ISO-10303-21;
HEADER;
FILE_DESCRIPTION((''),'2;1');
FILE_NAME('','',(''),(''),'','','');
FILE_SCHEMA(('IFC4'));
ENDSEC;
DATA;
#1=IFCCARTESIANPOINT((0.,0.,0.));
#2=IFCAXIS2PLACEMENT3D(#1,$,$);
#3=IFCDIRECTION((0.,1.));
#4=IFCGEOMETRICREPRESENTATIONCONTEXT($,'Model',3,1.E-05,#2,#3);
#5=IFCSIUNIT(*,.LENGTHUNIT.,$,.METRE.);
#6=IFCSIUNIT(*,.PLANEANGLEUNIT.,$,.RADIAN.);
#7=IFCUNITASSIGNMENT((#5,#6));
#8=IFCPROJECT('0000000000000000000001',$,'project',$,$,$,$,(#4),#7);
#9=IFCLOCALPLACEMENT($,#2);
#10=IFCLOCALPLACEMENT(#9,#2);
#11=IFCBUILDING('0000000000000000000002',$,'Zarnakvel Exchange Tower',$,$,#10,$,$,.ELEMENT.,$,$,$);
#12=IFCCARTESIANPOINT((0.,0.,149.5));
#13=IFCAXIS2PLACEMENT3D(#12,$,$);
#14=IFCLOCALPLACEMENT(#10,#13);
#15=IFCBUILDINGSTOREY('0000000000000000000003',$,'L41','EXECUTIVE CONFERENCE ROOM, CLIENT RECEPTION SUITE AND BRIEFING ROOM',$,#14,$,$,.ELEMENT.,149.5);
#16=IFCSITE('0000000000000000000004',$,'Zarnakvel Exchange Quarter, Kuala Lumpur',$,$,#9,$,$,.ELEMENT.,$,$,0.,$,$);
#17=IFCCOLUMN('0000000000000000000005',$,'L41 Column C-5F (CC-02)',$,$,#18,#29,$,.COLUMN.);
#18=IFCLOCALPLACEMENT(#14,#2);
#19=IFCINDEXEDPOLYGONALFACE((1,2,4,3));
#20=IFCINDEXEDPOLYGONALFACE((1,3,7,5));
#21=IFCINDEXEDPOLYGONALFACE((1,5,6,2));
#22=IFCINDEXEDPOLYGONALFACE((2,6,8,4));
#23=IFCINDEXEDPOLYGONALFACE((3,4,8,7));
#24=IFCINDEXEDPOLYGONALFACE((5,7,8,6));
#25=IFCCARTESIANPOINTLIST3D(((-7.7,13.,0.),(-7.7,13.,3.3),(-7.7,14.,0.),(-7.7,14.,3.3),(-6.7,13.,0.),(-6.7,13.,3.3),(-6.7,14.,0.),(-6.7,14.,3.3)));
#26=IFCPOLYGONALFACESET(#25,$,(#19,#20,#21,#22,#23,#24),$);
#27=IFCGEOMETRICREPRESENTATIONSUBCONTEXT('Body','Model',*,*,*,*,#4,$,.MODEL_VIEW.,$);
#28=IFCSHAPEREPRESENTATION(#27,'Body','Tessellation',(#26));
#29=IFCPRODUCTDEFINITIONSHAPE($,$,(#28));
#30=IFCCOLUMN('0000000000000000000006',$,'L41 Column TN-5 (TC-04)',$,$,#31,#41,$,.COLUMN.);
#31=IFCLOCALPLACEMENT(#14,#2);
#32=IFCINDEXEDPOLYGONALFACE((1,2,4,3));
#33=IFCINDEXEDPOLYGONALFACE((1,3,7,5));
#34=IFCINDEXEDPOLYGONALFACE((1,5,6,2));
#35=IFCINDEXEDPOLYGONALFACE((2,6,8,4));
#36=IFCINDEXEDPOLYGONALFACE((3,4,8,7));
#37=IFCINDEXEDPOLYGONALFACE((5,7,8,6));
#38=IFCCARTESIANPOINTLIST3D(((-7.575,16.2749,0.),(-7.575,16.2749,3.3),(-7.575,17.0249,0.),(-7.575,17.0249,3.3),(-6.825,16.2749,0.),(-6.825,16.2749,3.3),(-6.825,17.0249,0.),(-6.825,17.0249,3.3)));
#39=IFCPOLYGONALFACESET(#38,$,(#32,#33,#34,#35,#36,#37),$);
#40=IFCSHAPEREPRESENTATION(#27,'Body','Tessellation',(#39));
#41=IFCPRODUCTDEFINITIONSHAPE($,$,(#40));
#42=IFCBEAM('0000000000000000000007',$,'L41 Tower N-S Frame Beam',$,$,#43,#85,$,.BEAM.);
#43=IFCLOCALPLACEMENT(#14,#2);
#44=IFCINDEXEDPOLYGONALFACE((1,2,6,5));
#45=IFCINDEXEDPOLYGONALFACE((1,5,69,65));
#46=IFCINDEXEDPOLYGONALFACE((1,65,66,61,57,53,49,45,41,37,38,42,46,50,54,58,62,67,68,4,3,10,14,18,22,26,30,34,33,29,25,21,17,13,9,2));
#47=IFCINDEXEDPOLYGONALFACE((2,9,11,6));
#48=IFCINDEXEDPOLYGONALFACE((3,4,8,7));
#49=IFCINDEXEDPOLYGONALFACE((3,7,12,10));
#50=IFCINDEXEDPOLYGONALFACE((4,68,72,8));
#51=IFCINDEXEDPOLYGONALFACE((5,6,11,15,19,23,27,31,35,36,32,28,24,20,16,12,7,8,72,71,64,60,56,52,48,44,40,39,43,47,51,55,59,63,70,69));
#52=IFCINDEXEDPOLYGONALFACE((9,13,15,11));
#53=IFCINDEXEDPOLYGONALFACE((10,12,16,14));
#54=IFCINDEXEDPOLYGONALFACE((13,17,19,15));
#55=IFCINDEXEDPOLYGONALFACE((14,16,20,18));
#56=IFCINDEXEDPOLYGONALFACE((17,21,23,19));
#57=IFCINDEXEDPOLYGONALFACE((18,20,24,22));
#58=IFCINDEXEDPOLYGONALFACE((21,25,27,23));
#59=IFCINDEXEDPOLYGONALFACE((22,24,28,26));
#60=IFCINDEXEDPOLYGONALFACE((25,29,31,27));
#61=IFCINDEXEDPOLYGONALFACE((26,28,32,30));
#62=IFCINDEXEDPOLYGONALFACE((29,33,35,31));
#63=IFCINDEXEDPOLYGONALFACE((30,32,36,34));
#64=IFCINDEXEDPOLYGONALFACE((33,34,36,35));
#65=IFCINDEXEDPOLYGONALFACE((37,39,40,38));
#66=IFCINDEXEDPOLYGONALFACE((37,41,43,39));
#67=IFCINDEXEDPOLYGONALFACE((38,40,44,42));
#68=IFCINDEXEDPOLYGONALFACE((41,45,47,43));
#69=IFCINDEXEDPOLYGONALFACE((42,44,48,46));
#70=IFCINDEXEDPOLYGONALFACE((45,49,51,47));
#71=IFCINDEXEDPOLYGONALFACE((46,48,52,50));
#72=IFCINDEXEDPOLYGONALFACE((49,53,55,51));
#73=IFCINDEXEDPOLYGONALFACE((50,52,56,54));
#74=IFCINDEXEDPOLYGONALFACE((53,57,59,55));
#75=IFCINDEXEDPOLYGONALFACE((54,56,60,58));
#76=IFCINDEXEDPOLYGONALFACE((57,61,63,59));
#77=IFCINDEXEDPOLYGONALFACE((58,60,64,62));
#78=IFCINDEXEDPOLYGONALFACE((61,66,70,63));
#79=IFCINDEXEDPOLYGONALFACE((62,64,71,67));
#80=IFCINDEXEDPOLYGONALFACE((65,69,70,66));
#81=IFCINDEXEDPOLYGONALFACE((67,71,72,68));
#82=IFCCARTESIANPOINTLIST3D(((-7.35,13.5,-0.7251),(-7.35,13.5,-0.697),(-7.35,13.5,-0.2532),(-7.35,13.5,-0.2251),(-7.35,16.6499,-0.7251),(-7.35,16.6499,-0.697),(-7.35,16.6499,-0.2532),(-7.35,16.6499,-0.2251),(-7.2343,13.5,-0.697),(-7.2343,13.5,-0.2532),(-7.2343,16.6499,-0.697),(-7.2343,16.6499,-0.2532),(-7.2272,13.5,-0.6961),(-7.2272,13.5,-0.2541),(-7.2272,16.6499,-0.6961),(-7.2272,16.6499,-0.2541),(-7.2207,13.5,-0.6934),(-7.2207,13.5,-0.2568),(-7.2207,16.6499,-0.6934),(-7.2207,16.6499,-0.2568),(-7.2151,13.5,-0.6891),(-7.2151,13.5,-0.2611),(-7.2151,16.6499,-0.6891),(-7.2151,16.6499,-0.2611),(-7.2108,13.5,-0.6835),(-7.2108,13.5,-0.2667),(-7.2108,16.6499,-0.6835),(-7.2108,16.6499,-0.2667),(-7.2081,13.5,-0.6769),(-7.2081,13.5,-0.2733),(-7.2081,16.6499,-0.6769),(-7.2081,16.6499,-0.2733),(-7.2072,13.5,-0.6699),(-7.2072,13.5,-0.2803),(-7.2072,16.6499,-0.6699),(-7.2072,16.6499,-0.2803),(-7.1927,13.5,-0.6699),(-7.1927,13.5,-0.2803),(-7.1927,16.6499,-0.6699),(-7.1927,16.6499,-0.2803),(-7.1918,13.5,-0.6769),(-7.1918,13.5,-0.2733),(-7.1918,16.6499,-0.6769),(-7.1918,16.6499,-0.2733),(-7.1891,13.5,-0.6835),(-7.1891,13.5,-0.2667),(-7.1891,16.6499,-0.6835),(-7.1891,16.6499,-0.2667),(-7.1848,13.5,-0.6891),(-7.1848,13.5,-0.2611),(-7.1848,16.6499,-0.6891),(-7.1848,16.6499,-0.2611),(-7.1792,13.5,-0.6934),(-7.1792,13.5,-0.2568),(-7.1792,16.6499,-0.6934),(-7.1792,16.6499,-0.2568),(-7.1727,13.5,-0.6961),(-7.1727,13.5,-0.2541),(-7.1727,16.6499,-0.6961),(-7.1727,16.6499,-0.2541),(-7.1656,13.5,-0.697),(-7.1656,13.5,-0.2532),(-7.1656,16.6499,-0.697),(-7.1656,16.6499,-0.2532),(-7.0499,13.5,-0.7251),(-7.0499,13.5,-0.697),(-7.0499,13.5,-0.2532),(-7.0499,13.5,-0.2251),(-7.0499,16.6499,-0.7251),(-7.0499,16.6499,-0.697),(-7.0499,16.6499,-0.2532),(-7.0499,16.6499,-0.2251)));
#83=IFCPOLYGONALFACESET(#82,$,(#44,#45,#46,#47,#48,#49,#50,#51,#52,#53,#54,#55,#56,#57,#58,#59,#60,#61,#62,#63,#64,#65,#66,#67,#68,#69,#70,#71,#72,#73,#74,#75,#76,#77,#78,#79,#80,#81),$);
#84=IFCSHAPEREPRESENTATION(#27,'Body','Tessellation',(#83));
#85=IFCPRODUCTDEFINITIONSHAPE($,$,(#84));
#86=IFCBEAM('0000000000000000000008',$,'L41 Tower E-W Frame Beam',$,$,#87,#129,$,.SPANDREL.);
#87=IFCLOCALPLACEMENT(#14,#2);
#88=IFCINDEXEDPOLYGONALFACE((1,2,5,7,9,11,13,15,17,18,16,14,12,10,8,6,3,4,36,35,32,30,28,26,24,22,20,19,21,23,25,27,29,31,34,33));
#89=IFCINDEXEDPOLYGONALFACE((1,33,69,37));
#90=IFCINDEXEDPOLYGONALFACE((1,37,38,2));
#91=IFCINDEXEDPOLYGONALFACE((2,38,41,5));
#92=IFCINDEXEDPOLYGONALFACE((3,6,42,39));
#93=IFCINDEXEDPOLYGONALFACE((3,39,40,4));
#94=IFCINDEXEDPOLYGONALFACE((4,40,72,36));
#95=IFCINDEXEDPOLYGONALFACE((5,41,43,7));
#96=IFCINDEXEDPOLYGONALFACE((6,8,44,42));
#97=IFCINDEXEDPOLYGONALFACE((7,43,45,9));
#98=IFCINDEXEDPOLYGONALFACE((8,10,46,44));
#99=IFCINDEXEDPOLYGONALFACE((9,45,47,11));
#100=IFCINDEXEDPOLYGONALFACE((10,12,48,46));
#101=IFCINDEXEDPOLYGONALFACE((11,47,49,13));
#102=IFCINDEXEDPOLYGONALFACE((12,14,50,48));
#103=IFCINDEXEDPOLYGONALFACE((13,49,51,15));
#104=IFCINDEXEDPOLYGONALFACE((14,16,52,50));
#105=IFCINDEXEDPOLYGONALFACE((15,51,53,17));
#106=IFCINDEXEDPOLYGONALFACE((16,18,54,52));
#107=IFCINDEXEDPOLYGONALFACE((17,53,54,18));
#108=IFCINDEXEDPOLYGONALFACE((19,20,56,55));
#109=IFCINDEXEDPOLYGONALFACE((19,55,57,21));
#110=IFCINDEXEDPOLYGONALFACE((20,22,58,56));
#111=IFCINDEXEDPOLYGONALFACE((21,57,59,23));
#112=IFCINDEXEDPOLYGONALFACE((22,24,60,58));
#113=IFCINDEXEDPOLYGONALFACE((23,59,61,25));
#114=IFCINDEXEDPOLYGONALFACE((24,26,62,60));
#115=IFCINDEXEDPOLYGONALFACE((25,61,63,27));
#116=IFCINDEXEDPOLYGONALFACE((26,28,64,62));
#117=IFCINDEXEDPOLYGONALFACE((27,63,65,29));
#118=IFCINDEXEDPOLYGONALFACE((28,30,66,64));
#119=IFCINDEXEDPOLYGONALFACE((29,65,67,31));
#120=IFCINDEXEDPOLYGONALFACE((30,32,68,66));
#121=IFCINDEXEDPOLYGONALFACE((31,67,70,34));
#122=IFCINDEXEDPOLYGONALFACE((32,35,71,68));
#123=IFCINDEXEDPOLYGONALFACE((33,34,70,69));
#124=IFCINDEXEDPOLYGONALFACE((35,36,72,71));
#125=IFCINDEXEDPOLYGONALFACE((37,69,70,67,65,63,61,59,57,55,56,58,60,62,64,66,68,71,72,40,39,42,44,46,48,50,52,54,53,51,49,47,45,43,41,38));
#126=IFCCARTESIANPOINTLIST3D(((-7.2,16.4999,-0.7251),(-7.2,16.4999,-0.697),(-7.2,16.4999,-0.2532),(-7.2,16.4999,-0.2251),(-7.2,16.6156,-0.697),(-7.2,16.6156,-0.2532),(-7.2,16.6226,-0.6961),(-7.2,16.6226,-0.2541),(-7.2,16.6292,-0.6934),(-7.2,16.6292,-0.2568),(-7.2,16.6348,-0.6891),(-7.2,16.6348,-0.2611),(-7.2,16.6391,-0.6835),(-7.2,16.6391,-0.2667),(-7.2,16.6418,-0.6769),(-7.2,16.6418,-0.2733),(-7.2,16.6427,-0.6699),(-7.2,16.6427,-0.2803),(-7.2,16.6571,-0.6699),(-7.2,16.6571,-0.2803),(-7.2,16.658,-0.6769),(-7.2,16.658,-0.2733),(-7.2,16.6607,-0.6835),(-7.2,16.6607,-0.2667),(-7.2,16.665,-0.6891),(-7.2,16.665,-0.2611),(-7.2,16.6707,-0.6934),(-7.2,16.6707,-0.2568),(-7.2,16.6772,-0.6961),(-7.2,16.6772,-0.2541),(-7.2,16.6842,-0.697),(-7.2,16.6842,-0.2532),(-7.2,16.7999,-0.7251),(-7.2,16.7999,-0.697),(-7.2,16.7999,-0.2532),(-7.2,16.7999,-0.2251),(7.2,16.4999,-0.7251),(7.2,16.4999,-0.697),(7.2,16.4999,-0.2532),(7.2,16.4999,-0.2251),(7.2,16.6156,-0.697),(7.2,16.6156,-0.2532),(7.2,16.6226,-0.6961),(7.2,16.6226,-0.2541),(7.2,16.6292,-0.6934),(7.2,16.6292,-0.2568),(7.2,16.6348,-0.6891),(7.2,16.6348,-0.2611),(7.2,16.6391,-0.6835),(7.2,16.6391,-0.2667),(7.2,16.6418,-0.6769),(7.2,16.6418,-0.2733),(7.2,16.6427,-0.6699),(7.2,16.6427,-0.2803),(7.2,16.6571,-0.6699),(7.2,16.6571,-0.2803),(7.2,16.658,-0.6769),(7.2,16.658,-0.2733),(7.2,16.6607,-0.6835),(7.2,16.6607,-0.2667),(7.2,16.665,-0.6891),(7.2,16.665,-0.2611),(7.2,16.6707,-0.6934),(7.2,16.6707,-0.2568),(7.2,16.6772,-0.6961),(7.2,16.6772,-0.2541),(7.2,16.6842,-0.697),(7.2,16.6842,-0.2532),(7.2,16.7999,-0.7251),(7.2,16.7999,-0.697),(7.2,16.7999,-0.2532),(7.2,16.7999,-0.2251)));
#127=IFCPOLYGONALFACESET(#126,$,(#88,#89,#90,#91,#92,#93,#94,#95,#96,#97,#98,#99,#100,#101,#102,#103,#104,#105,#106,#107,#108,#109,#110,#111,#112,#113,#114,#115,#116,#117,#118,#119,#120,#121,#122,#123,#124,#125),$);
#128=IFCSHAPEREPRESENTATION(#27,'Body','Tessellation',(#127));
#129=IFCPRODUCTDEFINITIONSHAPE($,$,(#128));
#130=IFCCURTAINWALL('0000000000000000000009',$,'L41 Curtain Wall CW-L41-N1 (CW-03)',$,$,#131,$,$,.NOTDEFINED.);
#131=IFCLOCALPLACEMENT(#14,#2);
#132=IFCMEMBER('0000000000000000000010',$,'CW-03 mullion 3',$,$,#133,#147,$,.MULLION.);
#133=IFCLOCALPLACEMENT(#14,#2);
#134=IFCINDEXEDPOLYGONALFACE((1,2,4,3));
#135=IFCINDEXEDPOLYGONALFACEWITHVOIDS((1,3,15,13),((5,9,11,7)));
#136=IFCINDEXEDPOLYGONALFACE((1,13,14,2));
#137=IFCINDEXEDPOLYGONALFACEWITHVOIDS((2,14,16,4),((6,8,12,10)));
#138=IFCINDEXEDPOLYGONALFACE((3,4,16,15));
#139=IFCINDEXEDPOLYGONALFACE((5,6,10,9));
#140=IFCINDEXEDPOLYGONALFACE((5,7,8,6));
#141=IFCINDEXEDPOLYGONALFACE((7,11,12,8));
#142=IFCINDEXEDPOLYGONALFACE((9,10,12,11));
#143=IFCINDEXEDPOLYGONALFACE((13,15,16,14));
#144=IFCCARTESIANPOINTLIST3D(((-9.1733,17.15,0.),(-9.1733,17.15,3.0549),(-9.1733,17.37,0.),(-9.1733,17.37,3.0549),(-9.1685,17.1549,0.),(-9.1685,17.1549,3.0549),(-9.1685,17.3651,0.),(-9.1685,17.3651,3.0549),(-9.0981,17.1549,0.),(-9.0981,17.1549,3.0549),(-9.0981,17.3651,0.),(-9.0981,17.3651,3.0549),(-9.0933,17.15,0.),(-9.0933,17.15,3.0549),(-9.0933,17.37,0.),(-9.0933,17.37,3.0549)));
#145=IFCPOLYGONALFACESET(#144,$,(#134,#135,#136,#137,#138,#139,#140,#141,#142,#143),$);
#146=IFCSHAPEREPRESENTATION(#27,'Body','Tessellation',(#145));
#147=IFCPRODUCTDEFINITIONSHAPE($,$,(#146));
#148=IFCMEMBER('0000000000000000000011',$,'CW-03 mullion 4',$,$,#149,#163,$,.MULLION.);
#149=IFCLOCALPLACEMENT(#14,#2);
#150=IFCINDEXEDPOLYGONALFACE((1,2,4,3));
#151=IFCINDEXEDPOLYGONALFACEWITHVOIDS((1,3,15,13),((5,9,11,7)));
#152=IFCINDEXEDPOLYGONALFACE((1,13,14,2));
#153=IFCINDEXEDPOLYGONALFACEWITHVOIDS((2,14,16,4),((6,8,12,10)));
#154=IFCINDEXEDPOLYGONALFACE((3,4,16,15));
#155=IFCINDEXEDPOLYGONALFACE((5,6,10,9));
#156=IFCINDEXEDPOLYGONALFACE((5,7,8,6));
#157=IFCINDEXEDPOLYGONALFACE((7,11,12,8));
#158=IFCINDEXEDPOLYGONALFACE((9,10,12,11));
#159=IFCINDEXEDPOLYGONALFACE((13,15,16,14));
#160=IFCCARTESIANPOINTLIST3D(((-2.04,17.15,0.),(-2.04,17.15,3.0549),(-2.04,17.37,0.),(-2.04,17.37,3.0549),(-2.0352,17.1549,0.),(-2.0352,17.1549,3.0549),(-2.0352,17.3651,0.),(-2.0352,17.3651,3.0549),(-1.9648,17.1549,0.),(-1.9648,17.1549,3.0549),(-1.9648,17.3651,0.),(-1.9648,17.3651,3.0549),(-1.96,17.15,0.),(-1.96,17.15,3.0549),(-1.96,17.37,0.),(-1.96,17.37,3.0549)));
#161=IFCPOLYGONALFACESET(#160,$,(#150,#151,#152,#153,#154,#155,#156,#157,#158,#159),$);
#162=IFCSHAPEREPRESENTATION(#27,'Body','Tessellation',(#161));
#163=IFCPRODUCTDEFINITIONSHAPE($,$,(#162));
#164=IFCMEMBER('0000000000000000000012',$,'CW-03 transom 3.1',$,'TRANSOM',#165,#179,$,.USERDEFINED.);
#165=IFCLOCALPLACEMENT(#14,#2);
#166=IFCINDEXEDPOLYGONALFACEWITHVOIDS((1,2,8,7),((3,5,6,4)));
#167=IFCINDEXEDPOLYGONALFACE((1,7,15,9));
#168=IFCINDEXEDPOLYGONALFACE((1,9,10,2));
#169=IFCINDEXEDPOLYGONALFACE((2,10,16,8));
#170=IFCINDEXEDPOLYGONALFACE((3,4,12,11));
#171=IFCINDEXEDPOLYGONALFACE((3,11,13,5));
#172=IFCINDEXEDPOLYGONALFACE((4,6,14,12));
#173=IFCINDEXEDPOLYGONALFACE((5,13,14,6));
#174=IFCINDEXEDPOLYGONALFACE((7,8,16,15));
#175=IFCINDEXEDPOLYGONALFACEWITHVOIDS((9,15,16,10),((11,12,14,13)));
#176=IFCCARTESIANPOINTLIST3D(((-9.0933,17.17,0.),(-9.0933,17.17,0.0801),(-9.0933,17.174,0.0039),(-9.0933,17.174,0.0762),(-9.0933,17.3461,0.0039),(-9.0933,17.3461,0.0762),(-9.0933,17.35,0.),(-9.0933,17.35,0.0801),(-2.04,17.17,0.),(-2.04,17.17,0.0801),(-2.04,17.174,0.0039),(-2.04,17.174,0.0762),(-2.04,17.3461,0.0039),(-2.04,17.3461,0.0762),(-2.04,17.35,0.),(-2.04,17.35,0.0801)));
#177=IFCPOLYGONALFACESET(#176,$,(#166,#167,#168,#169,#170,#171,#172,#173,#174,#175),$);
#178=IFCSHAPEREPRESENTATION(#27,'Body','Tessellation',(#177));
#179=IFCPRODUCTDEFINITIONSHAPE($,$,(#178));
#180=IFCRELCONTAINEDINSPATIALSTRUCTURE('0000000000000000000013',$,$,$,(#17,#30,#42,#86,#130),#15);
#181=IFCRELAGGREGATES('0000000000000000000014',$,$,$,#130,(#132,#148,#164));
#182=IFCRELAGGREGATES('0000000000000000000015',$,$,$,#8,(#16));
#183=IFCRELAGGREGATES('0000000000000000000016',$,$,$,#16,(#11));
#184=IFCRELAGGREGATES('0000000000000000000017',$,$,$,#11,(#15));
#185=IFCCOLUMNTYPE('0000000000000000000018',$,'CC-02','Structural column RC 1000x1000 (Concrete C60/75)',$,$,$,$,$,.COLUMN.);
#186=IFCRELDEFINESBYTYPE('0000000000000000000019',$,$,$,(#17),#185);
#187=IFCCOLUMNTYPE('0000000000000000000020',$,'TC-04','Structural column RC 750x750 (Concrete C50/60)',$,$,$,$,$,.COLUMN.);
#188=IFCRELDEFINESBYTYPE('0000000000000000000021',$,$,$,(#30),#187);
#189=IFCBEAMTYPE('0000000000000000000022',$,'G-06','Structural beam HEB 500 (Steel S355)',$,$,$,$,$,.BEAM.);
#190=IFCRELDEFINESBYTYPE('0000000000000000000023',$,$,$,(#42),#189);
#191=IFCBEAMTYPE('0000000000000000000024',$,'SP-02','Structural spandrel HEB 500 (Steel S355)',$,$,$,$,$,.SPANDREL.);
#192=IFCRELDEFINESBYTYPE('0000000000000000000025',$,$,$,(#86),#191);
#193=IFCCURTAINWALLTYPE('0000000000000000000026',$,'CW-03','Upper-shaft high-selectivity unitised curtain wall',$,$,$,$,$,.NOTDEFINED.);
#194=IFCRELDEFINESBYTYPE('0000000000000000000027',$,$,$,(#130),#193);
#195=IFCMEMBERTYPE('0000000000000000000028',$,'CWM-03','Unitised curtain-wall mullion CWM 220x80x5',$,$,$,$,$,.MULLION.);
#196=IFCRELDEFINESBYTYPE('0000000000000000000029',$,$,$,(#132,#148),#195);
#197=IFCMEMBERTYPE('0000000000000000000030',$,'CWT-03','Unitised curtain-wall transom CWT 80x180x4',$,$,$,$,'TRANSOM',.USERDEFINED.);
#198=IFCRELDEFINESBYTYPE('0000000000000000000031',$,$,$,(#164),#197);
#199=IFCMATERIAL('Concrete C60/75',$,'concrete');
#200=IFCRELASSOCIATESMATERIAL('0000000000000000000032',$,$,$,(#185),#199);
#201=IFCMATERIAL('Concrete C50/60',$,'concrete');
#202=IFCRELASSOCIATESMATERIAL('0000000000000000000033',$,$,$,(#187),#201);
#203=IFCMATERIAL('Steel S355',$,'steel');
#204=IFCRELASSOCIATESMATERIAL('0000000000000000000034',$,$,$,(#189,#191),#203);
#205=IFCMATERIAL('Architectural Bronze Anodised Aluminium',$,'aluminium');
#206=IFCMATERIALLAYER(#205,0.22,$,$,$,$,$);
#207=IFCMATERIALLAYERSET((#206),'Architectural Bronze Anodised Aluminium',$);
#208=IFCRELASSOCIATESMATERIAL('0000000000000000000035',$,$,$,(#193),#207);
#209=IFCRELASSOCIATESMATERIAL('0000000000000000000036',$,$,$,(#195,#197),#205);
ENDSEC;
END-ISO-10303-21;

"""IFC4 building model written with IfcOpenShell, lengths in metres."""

from ifc_helpers import new_model, si_unit, direction, frame, origin, origin_2d, place, context, subcontext, project, spatial, rectangle, hollow_rectangle, i_section, extrude, source, transform, mapped, material, layer, layer_set, material_profile, profile_set, type_object, element, aggregate, save


model = new_model("IFC4")

# Units and contexts
model_context = context("Model", 3, precision=1e-05, world=origin(), true_north=direction((0.0, 1.0)))
body_context = subcontext(model_context, "Body", "Model", "MODEL_VIEW")
ifc_project = project(units=[si_unit("LENGTHUNIT", "METRE"), si_unit("PLANEANGLEUNIT", "RADIAN")], contexts=[model_context])

# Site, building, storey
site_placement = place(None, origin())
site = spatial("IfcSite", under=ifc_project, at=site_placement, Name="Zarnakvel Exchange Quarter, Kuala Lumpur", CompositionType="ELEMENT", RefElevation=0.0)
building_placement = place(site_placement, origin())
building = spatial("IfcBuilding", under=site, at=building_placement, Name="Zarnakvel Exchange Tower", CompositionType="ELEMENT")
storey_placement = place(building_placement, frame((0.0, 0.0, 149.5)))
storey = spatial("IfcBuildingStorey", under=building, at=storey_placement, Name="L41", Description="EXECUTIVE CONFERENCE ROOM, CLIENT RECEPTION SUITE AND BRIEFING ROOM", CompositionType="ELEMENT", Elevation=149.5)

# Columns
ifc_material_1 = material(Name="Concrete C60/75", Category="concrete")
ifc_material_profile_1 = material_profile(ifc_material_1, rectangle(XDim=1.0, YDim=1.0, at=origin_2d()))
ifc_profile_set_1 = profile_set([ifc_material_profile_1], Name="Concrete C60/75")
column_type_1 = type_object("IfcColumnType", Name="CC-02", Description="Structural column RC 1000x1000 (Concrete C60/75)", PredefinedType="COLUMN", material=ifc_profile_set_1)
column_1_placement = place(storey_placement, frame((-7.2, 13.5, 0.0), z_axis=(0.0, 0.0, 1.0), x_axis=(1.0, 0.0, 0.0)))
element("IfcColumn", 1, at=column_1_placement, inside=storey, type_object=column_type_1, Name="L41 Column C-5F (CC-02)", PredefinedType="COLUMN", context=body_context, shape_type="SweptSolid", body=[
    extrude(rectangle(XDim=1.0, YDim=1.0, at=origin_2d()), origin(), (0.0, 0.0, 1.0), 3.3),
])
ifc_material_2 = material(Name="Concrete C50/60", Category="concrete")
ifc_material_profile_2 = material_profile(ifc_material_2, rectangle(XDim=0.75, YDim=0.75, at=origin_2d()))
ifc_profile_set_2 = profile_set([ifc_material_profile_2], Name="Concrete C50/60")
column_type_2 = type_object("IfcColumnType", Name="TC-04", Description="Structural column RC 750x750 (Concrete C50/60)", PredefinedType="COLUMN", material=ifc_profile_set_2)
column_2_placement = place(storey_placement, frame((-7.2, 16.6499, 0.0), z_axis=(0.0, 0.0, 1.0), x_axis=(1.0, 0.0, 0.0)))
element("IfcColumn", 2, at=column_2_placement, inside=storey, type_object=column_type_2, Name="L41 Column TN-5 (TC-04)", PredefinedType="COLUMN", context=body_context, shape_type="SweptSolid", body=[
    extrude(rectangle(XDim=0.75, YDim=0.75, at=origin_2d()), origin(), (0.0, 0.0, 1.0), 3.3),
])

# Beams
ifc_material_3 = material(Name="Steel S355", Category="steel")
ifc_material_profile_3 = material_profile(ifc_material_3, i_section(OverallWidth=0.3, OverallDepth=0.5, WebThickness=0.0144, FlangeThickness=0.0281, FilletRadius=0.0271, at=origin_2d()))
ifc_profile_set_3 = profile_set([ifc_material_profile_3], Name="Steel S355")
beam_type_1 = type_object("IfcBeamType", Name="G-06", Description="Structural beam HEB 500 (Steel S355)", PredefinedType="BEAM", material=ifc_profile_set_3)
beam_1_placement = place(storey_placement, frame((-7.2, 13.5, -0.4751), z_axis=(0.0, 1.0, 0.0), x_axis=(-1.0, 0.0, 0.0)))
element("IfcBeam", 3, at=beam_1_placement, inside=storey, type_object=beam_type_1, Name="L41 Tower N-S Frame Beam", PredefinedType="BEAM", context=body_context, shape_type="SweptSolid", body=[
    extrude(i_section(OverallWidth=0.3, OverallDepth=0.5, WebThickness=0.0144, FlangeThickness=0.0281, FilletRadius=0.0271, at=origin_2d()), origin(), (0.0, 0.0, 1.0), 3.1499),
])
ifc_material_profile_4 = material_profile(ifc_material_3, i_section(OverallWidth=0.3, OverallDepth=0.5, WebThickness=0.0144, FlangeThickness=0.0281, FilletRadius=0.0271, at=origin_2d()))
ifc_profile_set_4 = profile_set([ifc_material_profile_4], Name="Steel S355")
beam_type_2 = type_object("IfcBeamType", Name="SP-02", Description="Structural spandrel HEB 500 (Steel S355)", PredefinedType="SPANDREL", material=ifc_profile_set_4)
beam_2_placement = place(storey_placement, frame((-7.2, 16.6499, -0.4751), z_axis=(1.0, 0.0, 0.0), x_axis=(0.0, 1.0, 0.0)))
element("IfcBeam", 4, at=beam_2_placement, inside=storey, type_object=beam_type_2, Name="L41 Tower E-W Frame Beam", PredefinedType="SPANDREL", context=body_context, shape_type="SweptSolid", body=[
    extrude(i_section(OverallWidth=0.3, OverallDepth=0.5, WebThickness=0.0144, FlangeThickness=0.0281, FilletRadius=0.0271, at=origin_2d()), origin(), (0.0, 0.0, 1.0), 14.3999),
])

# Curtain wall, members
ifc_material_4 = material(Name="Architectural Bronze Anodised Aluminium", Category="aluminium")
ifc_layer_1 = layer(ifc_material_4, 0.22)
ifc_layer_set_1 = layer_set([ifc_layer_1], Name="Architectural Bronze Anodised Aluminium")
curtain_wall_type = type_object("IfcCurtainWallType", Name="CW-03", Description="Upper-shaft high-selectivity unitised curtain wall", PredefinedType="NOTDEFINED", material=ifc_layer_set_1)
curtain_wall_placement = place(storey_placement, origin())
curtain_wall = element("IfcCurtainWall", 5, at=curtain_wall_placement, inside=storey, type_object=curtain_wall_type, Name="L41 Curtain Wall CW-L41-N1 (CW-03)", PredefinedType="NOTDEFINED")
ifc_material_profile_5 = material_profile(ifc_material_4, hollow_rectangle(XDim=0.22, YDim=0.0801, WallThickness=0.0049, at=origin_2d()))
ifc_profile_set_5 = profile_set([ifc_material_profile_5], Name="Architectural Bronze Anodised Aluminium")
member_type_1 = type_object("IfcMemberType", Name="CWM-03", Description="Unitised curtain-wall mullion CWM 220x80x5", PredefinedType="MULLION", material=ifc_profile_set_5)
shared_shape_1 = source(origin(), body_context, "Body", "SweptSolid", [
    extrude(hollow_rectangle(XDim=0.22, YDim=0.0801, WallThickness=0.0049, at=origin_2d()), origin(), (0.0, 0.0, 1.0), 3.0549),
])
member_1_placement = place(storey_placement, frame((-9.1333, 17.26, 0.0), z_axis=(0.0, 0.0, 1.0), x_axis=(0.0, 1.0, 0.0)))
member_1 = element("IfcMember", 6, at=member_1_placement, type_object=member_type_1, Name="CW-03 mullion 3", PredefinedType="MULLION", context=body_context, shape_type="MappedRepresentation", body=[
    mapped(shared_shape_1, transform((0.0, 0.0, 0.0), x_axis=(1.0, 0.0, 0.0), y_axis=(0.0, 1.0, 0.0), z_axis=(0.0, 0.0, 1.0), scale=1.0)),
])
member_2_placement = place(storey_placement, frame((-2.0, 17.26, 0.0), z_axis=(0.0, 0.0, 1.0), x_axis=(0.0, 1.0, 0.0)))
member_2 = element("IfcMember", 7, at=member_2_placement, type_object=member_type_1, Name="CW-03 mullion 4", PredefinedType="MULLION", context=body_context, shape_type="MappedRepresentation", body=[
    mapped(shared_shape_1, transform((0.0, 0.0, 0.0), x_axis=(1.0, 0.0, 0.0), y_axis=(0.0, 1.0, 0.0), z_axis=(0.0, 0.0, 1.0), scale=1.0)),
])
ifc_material_profile_6 = material_profile(ifc_material_4, hollow_rectangle(XDim=0.1799, YDim=0.0801, WallThickness=0.0039, at=origin_2d()))
ifc_profile_set_6 = profile_set([ifc_material_profile_6], Name="Architectural Bronze Anodised Aluminium")
member_type_2 = type_object("IfcMemberType", Name="CWT-03", Description="Unitised curtain-wall transom CWT 80x180x4", ElementType="TRANSOM", PredefinedType="USERDEFINED", material=ifc_profile_set_6)
shared_shape_2 = source(origin(), body_context, "Body", "SweptSolid", [
    extrude(hollow_rectangle(XDim=0.1799, YDim=0.0801, WallThickness=0.0039, at=origin_2d()), origin(), (0.0, 0.0, 1.0), 7.0532),
])
member_3_placement = place(storey_placement, frame((-9.0933, 17.26, 0.04), z_axis=(1.0, 0.0, 0.0), x_axis=(0.0, 1.0, 0.0)))
member_3 = element("IfcMember", 8, at=member_3_placement, type_object=member_type_2, Name="CW-03 transom 3.1", ObjectType="TRANSOM", PredefinedType="USERDEFINED", context=body_context, shape_type="MappedRepresentation", body=[
    mapped(shared_shape_2, transform((0.0, 0.0, 0.0), x_axis=(1.0, 0.0, 0.0), y_axis=(0.0, 1.0, 0.0), z_axis=(0.0, 0.0, 1.0), scale=1.0)),
])
aggregate(curtain_wall, [member_1, member_2, member_3])

save(model, "model.ifc")
